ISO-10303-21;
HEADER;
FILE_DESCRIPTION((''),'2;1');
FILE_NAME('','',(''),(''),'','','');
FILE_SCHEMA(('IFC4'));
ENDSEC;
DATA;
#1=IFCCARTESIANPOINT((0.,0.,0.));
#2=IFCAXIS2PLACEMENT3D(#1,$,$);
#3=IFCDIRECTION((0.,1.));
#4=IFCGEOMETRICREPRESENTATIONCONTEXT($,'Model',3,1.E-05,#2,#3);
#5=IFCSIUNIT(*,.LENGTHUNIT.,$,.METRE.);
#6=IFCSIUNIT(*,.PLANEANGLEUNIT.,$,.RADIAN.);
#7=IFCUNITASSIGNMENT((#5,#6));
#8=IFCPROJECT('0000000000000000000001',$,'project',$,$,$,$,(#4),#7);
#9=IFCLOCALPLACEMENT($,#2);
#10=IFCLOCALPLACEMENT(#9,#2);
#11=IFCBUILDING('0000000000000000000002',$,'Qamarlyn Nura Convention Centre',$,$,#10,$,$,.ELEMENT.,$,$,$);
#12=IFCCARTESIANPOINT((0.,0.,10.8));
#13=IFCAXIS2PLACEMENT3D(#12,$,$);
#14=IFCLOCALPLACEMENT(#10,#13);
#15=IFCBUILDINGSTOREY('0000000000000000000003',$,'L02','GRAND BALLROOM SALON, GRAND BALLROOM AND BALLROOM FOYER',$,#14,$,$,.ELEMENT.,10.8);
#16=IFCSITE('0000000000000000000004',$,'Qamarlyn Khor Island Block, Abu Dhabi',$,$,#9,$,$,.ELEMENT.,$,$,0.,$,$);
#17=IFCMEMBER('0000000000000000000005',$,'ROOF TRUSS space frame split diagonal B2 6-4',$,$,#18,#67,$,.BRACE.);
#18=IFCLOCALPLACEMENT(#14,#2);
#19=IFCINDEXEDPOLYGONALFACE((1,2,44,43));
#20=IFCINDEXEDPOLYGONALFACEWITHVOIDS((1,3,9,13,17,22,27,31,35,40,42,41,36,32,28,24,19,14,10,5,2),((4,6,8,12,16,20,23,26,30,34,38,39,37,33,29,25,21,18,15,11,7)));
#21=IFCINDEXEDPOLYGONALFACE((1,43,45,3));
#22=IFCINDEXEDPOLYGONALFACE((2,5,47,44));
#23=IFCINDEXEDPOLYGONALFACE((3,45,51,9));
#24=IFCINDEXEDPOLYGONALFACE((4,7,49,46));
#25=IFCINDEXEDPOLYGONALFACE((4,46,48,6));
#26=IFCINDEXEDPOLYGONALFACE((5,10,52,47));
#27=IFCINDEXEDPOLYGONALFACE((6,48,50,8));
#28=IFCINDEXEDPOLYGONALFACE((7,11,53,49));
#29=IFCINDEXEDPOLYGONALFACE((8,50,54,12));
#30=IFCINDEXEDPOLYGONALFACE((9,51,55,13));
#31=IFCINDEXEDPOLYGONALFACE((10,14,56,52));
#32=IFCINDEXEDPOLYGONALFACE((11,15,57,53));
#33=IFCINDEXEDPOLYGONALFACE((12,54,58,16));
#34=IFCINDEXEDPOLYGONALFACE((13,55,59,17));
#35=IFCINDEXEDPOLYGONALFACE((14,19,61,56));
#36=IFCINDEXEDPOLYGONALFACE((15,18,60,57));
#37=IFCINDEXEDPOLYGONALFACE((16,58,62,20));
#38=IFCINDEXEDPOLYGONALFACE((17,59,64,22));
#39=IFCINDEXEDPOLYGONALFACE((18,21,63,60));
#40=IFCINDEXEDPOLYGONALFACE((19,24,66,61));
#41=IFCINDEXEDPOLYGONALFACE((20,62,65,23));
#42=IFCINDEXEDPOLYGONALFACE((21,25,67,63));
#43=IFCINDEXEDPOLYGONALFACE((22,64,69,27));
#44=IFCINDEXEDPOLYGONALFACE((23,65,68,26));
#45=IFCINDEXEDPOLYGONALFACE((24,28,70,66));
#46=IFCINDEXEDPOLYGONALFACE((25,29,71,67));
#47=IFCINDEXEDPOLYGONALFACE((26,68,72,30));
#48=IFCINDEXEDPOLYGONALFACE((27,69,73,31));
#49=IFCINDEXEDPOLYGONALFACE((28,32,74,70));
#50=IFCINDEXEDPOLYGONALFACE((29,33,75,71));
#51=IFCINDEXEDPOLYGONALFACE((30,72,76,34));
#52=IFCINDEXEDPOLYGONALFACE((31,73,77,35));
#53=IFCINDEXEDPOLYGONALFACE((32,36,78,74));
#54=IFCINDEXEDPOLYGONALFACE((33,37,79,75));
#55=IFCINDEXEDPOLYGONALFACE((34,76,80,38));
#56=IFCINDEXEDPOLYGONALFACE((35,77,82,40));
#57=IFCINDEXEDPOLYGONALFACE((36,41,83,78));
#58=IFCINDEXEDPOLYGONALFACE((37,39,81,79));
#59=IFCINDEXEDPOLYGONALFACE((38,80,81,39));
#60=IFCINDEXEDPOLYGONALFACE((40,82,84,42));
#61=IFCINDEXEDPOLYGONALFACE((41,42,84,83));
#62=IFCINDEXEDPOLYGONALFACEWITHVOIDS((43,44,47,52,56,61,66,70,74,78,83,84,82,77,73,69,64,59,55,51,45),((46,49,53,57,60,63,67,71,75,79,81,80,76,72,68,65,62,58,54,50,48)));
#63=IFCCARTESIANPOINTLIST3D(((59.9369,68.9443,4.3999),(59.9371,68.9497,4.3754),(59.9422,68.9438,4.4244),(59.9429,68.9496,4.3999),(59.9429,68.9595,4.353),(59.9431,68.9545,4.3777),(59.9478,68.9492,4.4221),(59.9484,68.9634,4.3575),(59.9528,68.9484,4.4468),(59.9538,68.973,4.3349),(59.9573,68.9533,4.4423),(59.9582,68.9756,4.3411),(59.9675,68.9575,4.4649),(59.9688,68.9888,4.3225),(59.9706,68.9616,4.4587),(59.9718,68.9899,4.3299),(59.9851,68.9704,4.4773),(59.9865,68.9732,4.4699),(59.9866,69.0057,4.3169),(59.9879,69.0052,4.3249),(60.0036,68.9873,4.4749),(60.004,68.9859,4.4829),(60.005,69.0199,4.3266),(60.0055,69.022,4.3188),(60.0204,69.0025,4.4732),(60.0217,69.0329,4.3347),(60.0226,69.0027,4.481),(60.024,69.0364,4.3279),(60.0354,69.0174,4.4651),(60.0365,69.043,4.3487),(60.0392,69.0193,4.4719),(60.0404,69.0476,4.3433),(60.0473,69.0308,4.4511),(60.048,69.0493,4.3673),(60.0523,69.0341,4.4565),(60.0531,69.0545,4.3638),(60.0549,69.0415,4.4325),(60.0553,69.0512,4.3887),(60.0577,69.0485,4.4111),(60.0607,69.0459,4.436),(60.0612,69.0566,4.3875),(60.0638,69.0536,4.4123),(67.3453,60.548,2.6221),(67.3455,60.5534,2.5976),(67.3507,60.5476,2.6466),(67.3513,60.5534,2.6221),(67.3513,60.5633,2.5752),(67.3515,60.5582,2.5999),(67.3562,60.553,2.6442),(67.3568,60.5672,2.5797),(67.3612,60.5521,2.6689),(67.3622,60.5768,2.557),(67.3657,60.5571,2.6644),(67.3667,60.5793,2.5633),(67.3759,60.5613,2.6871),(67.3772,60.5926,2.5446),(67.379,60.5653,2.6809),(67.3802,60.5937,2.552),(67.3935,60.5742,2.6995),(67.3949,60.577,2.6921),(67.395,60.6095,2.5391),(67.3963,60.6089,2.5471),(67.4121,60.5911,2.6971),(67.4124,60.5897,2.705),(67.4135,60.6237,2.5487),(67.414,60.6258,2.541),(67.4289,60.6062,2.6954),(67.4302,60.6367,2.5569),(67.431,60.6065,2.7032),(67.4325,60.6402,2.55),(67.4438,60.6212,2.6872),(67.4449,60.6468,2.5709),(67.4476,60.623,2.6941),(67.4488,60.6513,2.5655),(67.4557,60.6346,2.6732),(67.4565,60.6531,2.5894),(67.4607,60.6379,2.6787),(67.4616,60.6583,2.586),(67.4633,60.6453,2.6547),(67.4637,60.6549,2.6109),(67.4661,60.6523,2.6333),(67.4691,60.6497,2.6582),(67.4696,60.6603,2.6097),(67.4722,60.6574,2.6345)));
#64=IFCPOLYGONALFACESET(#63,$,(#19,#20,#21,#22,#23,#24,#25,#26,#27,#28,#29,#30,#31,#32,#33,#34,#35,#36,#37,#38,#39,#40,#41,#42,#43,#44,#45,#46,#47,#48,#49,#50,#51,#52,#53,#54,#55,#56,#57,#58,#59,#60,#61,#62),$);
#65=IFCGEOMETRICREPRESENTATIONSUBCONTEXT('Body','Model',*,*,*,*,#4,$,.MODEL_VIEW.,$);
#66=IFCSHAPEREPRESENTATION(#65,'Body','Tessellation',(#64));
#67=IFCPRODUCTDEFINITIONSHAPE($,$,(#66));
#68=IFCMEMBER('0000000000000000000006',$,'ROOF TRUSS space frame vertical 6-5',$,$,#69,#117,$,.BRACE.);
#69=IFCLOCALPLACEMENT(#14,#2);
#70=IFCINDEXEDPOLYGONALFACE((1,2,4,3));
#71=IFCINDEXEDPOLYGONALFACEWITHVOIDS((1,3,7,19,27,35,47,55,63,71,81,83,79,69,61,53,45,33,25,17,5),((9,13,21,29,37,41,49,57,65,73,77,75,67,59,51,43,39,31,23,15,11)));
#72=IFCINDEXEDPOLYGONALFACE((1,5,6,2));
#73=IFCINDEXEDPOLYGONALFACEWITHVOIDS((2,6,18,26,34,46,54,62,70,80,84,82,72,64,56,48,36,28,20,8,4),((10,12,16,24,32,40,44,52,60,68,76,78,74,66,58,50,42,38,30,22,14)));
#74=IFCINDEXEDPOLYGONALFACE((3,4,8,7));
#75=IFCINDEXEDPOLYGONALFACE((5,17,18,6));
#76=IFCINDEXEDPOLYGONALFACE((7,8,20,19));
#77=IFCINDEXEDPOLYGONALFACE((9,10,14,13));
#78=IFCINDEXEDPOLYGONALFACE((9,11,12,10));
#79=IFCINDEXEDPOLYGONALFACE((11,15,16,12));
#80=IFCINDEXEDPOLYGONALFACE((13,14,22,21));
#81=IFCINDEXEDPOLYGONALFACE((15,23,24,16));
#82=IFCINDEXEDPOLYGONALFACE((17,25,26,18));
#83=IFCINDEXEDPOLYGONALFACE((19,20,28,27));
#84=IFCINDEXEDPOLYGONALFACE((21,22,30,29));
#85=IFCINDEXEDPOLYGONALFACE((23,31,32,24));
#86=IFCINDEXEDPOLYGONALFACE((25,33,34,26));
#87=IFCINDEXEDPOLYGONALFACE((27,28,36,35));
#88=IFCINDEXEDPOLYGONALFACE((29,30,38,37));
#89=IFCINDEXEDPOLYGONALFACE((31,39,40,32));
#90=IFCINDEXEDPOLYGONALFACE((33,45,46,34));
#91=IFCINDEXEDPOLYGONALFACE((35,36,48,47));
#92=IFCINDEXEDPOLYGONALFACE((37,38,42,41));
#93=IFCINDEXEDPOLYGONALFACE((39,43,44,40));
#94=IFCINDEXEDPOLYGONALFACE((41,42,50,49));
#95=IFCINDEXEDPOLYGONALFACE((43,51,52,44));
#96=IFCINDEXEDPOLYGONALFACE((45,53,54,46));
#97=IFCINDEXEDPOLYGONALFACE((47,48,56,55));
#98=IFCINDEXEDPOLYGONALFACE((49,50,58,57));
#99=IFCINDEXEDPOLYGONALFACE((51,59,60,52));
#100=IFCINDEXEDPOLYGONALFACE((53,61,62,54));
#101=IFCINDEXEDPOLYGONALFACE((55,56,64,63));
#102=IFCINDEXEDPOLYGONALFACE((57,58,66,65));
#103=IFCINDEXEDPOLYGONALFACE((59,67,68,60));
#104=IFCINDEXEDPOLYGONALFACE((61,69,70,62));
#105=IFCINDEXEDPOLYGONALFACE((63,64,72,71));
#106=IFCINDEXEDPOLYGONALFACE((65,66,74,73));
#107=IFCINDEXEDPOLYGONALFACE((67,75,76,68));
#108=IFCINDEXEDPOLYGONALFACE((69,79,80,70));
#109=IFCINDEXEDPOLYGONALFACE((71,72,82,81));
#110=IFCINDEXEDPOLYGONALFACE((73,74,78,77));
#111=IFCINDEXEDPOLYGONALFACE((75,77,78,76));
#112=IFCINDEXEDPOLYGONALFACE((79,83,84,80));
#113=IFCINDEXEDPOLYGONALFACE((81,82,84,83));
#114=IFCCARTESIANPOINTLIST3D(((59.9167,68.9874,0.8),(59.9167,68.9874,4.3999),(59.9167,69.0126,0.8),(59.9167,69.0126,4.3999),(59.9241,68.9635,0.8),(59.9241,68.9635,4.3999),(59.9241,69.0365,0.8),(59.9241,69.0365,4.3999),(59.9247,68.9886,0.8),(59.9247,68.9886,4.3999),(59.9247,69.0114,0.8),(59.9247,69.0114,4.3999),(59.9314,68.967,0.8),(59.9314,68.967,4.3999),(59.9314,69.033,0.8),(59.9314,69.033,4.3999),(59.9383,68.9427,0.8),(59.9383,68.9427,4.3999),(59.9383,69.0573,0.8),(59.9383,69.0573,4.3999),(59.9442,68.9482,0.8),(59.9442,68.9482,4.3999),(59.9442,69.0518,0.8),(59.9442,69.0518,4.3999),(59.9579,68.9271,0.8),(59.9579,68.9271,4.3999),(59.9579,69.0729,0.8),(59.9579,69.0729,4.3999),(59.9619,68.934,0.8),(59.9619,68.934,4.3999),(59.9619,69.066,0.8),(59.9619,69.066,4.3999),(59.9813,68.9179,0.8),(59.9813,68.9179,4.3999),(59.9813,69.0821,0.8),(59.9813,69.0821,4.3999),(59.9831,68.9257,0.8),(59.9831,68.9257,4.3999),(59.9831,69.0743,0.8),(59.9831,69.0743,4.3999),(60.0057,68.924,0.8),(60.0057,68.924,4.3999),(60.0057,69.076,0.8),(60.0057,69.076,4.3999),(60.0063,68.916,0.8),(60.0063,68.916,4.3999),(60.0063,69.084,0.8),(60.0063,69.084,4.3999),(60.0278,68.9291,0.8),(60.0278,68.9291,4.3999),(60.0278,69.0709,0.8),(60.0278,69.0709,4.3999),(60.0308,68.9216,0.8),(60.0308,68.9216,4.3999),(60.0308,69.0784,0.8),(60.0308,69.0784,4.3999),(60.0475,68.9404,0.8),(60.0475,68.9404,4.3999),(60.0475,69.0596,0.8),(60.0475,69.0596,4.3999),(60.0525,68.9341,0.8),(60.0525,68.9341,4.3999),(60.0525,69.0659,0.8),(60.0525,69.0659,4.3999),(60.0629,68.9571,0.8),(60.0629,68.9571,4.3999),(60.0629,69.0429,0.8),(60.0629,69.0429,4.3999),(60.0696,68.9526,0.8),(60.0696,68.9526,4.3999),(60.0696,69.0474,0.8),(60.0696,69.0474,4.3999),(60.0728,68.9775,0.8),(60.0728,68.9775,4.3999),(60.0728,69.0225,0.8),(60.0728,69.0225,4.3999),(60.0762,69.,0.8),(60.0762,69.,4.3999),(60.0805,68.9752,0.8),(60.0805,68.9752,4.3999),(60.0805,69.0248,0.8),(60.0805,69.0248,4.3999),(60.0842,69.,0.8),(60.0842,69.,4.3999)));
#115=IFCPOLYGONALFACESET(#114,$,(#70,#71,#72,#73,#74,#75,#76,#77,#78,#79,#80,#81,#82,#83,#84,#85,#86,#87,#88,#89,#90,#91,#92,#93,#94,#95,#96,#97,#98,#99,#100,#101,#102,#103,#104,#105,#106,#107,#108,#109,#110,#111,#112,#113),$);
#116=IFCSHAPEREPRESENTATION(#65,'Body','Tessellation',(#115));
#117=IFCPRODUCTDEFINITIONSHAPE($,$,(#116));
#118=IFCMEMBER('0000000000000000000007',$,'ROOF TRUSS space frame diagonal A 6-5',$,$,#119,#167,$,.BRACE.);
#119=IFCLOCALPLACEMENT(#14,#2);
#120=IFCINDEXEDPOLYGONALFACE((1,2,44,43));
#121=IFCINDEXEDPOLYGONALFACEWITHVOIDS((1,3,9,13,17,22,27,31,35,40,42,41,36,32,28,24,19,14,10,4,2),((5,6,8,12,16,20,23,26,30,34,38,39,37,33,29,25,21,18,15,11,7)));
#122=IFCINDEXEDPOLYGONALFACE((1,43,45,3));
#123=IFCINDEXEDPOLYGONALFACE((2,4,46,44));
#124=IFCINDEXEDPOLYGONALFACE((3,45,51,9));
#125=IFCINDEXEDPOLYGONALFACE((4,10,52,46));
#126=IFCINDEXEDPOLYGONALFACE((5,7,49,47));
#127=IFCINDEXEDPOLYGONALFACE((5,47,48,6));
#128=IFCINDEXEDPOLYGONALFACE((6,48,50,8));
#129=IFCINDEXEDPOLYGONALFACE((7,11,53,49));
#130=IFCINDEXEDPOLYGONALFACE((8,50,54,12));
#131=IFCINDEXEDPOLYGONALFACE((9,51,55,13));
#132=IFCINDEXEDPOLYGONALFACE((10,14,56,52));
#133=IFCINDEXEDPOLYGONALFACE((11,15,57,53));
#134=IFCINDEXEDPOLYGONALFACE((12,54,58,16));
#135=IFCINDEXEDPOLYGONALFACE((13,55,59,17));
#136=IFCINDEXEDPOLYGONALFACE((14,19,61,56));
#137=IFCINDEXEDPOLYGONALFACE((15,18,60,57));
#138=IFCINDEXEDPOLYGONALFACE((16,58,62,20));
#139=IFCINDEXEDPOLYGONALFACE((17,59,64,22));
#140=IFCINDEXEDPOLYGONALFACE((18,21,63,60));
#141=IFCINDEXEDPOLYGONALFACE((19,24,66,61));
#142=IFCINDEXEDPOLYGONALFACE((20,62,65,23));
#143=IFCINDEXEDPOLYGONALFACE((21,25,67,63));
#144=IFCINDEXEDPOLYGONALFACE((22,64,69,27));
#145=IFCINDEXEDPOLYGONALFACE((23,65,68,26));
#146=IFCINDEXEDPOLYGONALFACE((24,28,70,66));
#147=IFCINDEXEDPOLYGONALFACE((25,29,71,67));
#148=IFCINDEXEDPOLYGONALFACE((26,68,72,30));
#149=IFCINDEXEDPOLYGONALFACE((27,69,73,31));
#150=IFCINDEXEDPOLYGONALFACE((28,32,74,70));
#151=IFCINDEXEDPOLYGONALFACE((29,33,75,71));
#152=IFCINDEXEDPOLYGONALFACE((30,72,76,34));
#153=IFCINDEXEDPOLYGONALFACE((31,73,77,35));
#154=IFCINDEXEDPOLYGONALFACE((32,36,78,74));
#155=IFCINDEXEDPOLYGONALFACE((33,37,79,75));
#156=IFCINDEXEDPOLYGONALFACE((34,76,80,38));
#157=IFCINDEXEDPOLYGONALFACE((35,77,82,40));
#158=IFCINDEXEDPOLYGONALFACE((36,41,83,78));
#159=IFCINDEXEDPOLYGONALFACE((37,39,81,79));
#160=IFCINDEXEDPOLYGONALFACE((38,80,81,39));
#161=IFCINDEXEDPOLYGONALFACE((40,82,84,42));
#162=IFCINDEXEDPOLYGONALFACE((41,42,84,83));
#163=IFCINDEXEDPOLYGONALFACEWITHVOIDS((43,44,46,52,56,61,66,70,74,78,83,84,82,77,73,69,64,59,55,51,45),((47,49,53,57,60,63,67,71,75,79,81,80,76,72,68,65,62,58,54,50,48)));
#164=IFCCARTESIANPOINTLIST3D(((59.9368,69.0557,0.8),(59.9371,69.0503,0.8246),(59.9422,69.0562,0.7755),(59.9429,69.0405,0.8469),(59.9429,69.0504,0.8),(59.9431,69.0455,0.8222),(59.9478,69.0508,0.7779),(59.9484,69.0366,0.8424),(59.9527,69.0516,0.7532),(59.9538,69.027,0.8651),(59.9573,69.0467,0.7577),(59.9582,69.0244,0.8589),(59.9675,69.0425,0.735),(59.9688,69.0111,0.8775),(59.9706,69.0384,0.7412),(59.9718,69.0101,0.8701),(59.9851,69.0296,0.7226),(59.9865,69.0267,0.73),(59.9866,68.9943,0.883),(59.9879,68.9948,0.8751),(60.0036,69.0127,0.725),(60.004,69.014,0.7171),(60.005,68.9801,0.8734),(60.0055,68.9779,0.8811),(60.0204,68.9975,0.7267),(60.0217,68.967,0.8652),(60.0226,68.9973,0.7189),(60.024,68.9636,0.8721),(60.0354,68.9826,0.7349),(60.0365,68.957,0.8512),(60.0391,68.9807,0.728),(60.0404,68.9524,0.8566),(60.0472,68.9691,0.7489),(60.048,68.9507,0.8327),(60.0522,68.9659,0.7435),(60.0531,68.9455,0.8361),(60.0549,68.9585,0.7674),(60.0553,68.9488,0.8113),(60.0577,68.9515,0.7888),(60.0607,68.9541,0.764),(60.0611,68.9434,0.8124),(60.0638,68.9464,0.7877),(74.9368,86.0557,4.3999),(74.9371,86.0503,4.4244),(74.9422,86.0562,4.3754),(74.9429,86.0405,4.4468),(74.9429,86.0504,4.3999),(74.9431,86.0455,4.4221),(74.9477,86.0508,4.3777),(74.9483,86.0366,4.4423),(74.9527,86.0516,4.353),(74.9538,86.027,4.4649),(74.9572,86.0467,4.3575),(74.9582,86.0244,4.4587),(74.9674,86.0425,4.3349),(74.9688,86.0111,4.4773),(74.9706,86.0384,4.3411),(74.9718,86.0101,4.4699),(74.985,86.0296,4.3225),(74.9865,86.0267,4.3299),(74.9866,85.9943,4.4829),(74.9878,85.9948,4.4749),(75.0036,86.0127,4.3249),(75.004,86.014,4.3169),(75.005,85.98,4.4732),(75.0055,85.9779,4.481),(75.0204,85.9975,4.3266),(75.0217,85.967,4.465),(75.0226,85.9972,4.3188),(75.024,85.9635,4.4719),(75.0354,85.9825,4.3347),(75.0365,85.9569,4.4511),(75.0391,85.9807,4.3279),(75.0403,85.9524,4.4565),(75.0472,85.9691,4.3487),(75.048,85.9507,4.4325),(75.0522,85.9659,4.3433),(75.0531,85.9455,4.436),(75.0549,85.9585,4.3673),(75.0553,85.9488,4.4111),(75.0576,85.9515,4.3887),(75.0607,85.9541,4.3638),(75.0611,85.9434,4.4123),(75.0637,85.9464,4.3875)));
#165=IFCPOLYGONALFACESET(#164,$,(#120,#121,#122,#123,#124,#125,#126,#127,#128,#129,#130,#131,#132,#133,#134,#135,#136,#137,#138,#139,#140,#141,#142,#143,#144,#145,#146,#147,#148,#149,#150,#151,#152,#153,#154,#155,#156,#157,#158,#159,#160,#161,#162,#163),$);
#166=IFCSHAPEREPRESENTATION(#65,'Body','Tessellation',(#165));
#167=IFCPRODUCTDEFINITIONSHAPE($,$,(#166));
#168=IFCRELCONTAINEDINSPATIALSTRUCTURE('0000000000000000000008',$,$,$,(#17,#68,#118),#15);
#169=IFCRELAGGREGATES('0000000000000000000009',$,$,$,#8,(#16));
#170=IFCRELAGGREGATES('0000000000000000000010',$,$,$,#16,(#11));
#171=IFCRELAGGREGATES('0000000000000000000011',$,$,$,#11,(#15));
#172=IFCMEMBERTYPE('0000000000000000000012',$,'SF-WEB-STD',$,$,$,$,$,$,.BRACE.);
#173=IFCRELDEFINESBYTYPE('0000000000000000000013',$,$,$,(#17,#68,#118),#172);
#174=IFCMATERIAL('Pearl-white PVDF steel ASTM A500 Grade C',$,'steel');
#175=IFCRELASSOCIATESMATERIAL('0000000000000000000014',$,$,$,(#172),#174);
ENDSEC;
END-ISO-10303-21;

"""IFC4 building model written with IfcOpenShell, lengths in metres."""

from ifc_helpers import new_model, si_unit, direction, frame, origin, origin_2d, place, context, subcontext, project, spatial, hollow_circle, extrude, material, material_profile, profile_set, type_object, element, save


model = new_model("IFC4")

# Units and contexts
model_context = context("Model", 3, precision=1e-05, world=origin(), true_north=direction((0.0, 1.0)))
body_context = subcontext(model_context, "Body", "Model", "MODEL_VIEW")
ifc_project = project(units=[si_unit("LENGTHUNIT", "METRE"), si_unit("PLANEANGLEUNIT", "RADIAN")], contexts=[model_context])

# Site, building, storey
site_placement = place(None, origin())
site = spatial("IfcSite", under=ifc_project, at=site_placement, Name="Qamarlyn Khor Island Block, Abu Dhabi", CompositionType="ELEMENT", RefElevation=0.0)
building_placement = place(site_placement, origin())
building = spatial("IfcBuilding", under=site, at=building_placement, Name="Qamarlyn Nura Convention Centre", CompositionType="ELEMENT")
storey_placement = place(building_placement, frame((0.0, 0.0, 10.8)))
storey = spatial("IfcBuildingStorey", under=building, at=storey_placement, Name="L02", Description="GRAND BALLROOM SALON, GRAND BALLROOM AND BALLROOM FOYER", CompositionType="ELEMENT", Elevation=10.8)

# Members
ifc_material_1 = material(Name="Pearl-white PVDF steel ASTM A500 Grade C", Category="steel")
ifc_material_profile_1 = material_profile(ifc_material_1, hollow_circle(Radius=0.0842, WallThickness=0.0081, at=origin_2d()), Name="CHS168.3X8")
ifc_profile_set_1 = profile_set([ifc_material_profile_1], Name="Pearl-white PVDF steel ASTM A500 Grade C")
member_type_1 = type_object("IfcMemberType", Name="SF-WEB-STD", PredefinedType="BRACE", material=ifc_profile_set_1)
for number, where, z_axis, x_axis, name in (
    (1, (67.4084, 60.6038, 2.6221), (-0.653437, 0.740562, 0.156808), (-0.749838, -0.661622, 0.0), "ROOF TRUSS space frame split diagonal B2 6-4"),
):
    element("IfcMember", number, at=place(storey_placement, frame(where, z_axis=z_axis, x_axis=x_axis)), inside=storey, type_object=member_type_1, Name=name, PredefinedType="BRACE", context=body_context, shape_type="SweptSolid", body=[
        extrude(hollow_circle(Radius=0.0842, WallThickness=0.0081, at=origin_2d()), origin(), (0.0, 0.0, 1.0), 11.3376),
    ])
member_1_placement = place(storey_placement, frame((60.0, 69.0, 0.8), z_axis=(0.0, 0.0, 1.0), x_axis=(1.0, 0.0, 0.0)))
element("IfcMember", 2, at=member_1_placement, inside=storey, type_object=member_type_1, Name="ROOF TRUSS space frame vertical 6-5", PredefinedType="BRACE", context=body_context, shape_type="SweptSolid", body=[
    extrude(hollow_circle(Radius=0.0842, WallThickness=0.0081, at=origin_2d()), origin(), (0.0, 0.0, 1.0), 3.5999),
])
member_2_placement = place(storey_placement, frame((60.0, 69.0, 0.8), z_axis=(0.653436, 0.74056, 0.156818), x_axis=(-0.749838, 0.661622, 0.0)))
element("IfcMember", 3, at=member_2_placement, inside=storey, type_object=member_type_1, Name="ROOF TRUSS space frame diagonal A 6-5", PredefinedType="BRACE", context=body_context, shape_type="SweptSolid", body=[
    extrude(hollow_circle(Radius=0.0842, WallThickness=0.0081, at=origin_2d()), origin(), (0.0, 0.0, 1.0), 22.9556),
])

save(model, "model.ifc")
